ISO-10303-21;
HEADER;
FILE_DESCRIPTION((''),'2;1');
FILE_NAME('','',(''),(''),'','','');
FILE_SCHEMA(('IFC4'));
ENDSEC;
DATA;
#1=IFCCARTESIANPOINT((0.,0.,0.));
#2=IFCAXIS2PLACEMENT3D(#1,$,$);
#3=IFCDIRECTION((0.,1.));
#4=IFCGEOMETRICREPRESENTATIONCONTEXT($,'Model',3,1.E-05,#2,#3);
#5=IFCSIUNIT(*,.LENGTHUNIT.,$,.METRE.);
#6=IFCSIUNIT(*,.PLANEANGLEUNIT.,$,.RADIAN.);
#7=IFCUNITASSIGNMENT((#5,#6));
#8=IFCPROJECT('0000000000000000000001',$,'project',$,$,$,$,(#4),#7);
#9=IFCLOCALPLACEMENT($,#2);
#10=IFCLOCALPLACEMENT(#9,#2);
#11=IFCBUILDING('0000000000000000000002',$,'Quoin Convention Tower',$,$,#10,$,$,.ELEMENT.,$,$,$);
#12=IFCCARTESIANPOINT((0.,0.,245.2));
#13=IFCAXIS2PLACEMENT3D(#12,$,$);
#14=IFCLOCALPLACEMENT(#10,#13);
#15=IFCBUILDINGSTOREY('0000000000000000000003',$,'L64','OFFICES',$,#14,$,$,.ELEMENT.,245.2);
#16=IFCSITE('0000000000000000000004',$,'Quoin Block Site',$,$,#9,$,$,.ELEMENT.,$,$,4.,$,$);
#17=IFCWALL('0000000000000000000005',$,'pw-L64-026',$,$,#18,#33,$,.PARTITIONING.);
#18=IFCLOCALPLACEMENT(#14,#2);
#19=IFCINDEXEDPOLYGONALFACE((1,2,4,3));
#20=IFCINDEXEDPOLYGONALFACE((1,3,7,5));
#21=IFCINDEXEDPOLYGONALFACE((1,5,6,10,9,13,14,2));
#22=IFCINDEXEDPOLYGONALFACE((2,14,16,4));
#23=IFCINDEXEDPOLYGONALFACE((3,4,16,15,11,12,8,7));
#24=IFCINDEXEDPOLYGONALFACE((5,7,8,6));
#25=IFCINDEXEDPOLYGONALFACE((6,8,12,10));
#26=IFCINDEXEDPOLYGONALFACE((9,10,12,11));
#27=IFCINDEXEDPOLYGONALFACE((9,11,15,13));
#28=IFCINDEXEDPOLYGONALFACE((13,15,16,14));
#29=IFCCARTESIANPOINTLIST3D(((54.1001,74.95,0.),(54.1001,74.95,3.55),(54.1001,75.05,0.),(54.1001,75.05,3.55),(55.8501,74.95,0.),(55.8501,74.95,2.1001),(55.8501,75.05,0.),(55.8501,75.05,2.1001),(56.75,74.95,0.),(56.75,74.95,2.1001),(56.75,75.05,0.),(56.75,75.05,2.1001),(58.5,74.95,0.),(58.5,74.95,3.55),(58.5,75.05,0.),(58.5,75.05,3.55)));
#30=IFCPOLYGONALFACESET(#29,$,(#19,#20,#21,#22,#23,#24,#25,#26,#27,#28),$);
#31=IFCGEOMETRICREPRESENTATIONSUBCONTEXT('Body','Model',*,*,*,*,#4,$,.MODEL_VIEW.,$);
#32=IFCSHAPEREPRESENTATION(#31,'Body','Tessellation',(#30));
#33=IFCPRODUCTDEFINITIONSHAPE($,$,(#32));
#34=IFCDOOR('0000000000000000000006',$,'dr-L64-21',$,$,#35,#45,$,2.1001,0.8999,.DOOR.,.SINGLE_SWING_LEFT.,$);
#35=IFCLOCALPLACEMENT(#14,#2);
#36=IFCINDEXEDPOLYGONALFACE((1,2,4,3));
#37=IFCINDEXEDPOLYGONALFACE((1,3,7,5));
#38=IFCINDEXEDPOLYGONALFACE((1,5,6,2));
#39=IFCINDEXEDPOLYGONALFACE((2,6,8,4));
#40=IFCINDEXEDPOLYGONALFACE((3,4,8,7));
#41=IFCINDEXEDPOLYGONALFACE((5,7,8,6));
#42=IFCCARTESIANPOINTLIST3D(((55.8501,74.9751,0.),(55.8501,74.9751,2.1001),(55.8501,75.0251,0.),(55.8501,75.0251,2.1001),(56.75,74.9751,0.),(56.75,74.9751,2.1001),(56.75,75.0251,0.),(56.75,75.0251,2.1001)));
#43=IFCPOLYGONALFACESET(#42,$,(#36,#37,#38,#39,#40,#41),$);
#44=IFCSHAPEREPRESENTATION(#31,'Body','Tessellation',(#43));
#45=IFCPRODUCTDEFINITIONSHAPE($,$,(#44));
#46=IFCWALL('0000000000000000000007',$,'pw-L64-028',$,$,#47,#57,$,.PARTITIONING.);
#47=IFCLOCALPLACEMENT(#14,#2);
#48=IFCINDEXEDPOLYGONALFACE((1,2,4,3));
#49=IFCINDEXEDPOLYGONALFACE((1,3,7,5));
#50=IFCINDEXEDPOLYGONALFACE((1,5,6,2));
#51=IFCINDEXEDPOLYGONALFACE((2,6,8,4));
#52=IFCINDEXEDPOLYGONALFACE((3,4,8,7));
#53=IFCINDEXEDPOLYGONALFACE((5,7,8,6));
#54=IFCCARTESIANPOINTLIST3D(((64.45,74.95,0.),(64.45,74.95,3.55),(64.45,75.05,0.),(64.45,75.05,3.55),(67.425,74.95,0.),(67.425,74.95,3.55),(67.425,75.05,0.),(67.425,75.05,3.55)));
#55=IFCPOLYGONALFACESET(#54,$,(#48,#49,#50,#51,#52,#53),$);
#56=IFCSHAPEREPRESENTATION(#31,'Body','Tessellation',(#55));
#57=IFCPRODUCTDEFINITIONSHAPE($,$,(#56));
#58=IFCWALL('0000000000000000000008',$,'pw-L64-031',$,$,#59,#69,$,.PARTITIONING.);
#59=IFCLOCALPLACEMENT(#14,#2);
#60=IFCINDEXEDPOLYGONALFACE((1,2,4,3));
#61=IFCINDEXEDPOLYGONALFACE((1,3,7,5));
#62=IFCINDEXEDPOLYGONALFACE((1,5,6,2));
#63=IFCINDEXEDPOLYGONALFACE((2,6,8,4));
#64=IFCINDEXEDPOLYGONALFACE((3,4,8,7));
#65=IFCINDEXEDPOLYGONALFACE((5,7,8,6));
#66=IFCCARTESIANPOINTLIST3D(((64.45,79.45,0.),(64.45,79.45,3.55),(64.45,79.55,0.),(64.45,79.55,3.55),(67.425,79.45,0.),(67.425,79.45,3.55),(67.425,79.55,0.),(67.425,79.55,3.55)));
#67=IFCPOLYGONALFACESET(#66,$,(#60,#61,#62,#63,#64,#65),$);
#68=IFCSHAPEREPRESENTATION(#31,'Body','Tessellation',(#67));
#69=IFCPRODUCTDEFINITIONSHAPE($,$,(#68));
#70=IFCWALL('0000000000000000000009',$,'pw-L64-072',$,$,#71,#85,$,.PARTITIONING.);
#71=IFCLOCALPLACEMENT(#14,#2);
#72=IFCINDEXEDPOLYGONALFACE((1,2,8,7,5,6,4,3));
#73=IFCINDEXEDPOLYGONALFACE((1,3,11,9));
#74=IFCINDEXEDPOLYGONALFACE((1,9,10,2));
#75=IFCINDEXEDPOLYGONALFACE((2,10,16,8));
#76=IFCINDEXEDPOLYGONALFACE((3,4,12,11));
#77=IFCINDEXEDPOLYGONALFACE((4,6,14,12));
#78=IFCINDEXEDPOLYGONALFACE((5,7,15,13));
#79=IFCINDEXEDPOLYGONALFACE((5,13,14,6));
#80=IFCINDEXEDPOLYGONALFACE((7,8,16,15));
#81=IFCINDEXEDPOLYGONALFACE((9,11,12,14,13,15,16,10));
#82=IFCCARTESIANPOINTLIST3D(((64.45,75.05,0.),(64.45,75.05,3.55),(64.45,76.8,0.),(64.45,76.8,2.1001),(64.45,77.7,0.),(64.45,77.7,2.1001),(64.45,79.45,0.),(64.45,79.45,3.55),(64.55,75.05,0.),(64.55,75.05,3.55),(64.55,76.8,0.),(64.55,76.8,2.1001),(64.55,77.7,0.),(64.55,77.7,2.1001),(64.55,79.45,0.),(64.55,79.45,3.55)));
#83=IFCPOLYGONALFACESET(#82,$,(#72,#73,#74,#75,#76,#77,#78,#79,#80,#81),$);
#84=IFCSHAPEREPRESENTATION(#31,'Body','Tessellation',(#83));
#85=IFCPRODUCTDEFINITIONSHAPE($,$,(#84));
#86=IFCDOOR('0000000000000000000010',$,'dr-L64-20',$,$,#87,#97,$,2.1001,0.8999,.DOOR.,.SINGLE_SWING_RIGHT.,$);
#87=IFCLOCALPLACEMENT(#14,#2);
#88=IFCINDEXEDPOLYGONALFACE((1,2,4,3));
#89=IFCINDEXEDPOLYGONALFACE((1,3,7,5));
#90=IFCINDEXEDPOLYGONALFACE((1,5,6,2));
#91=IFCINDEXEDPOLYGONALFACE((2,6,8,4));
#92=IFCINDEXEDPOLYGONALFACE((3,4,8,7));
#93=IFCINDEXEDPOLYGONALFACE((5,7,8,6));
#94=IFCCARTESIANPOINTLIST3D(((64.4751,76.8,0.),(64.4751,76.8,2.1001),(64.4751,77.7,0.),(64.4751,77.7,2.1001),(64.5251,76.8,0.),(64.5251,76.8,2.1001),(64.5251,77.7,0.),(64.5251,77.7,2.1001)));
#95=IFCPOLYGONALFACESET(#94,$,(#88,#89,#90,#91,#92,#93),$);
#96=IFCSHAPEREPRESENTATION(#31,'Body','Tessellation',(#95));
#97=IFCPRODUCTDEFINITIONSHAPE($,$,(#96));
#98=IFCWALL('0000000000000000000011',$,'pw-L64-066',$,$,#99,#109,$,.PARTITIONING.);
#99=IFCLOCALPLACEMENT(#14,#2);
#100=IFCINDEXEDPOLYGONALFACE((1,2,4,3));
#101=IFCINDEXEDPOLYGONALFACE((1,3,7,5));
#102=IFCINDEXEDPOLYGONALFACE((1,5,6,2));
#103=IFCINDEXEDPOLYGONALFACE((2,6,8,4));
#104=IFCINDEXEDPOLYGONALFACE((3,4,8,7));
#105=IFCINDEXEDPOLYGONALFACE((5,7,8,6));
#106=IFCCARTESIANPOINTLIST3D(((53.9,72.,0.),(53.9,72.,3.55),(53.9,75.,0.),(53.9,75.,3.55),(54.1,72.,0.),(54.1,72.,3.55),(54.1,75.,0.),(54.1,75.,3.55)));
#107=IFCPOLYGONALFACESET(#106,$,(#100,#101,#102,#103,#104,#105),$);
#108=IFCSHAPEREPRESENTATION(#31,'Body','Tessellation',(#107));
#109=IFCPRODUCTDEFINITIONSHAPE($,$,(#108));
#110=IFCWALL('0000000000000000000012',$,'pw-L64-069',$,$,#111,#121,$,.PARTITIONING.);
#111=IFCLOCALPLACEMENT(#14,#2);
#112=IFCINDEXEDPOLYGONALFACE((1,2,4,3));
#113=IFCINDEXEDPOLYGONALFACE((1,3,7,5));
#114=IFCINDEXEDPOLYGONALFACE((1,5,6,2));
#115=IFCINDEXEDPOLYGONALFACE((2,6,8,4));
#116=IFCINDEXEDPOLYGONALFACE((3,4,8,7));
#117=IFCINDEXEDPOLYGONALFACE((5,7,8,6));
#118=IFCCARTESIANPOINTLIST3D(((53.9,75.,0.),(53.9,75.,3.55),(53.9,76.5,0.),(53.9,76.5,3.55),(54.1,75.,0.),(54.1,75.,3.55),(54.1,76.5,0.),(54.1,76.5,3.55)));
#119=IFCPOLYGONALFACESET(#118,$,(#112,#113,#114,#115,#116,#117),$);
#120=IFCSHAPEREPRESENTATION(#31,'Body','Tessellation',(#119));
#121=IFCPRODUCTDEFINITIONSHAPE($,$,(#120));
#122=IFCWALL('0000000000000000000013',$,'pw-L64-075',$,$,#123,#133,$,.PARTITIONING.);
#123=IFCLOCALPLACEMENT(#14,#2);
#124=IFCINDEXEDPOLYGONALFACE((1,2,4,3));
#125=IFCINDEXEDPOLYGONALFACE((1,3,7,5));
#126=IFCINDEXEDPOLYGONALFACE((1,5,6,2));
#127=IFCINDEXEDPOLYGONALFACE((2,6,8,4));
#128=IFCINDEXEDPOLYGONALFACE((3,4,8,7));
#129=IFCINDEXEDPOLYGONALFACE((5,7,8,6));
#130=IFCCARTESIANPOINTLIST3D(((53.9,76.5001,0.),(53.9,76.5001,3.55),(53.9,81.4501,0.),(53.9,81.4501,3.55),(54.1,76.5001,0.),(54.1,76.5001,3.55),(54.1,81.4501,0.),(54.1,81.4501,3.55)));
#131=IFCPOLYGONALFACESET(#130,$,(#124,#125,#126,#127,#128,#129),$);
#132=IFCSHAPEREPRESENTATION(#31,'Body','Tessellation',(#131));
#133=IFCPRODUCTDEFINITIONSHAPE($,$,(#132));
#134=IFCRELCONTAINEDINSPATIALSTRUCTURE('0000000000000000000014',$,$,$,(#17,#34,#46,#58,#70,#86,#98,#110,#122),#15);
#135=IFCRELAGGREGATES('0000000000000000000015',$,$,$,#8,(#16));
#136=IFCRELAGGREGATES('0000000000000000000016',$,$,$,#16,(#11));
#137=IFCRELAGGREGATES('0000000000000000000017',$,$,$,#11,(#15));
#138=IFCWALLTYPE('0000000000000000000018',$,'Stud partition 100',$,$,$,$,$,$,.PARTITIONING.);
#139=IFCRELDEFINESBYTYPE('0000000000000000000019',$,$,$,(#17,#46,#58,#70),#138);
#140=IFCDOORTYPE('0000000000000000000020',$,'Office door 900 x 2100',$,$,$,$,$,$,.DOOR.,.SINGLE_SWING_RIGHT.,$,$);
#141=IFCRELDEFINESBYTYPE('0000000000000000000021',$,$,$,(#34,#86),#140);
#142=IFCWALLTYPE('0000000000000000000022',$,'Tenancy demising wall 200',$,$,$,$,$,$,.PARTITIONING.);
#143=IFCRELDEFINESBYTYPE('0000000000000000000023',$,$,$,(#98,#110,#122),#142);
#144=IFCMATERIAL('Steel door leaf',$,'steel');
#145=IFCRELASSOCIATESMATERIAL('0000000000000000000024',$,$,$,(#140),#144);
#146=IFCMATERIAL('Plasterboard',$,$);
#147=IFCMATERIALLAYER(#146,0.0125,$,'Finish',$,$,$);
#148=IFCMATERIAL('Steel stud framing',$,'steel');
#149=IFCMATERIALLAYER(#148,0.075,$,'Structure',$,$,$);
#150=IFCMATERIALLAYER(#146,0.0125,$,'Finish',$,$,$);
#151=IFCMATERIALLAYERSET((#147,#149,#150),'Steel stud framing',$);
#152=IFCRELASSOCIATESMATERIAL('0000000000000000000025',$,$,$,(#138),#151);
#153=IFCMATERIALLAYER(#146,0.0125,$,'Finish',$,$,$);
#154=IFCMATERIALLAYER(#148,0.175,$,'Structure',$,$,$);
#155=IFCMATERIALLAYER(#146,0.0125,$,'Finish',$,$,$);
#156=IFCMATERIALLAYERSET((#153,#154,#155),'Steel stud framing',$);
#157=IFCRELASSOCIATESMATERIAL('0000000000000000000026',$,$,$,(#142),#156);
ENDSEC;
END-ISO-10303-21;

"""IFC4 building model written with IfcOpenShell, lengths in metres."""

from ifc_helpers import new_model, si_unit, direction, frame, frame_2d, origin, place, context, subcontext, project, spatial, rectangle, extrude, material, layer, layer_set, type_object, element, fill, save


model = new_model("IFC4")

# Units and contexts
model_context = context("Model", 3, precision=1e-05, world=origin(), true_north=direction((0.0, 1.0)))
body_context = subcontext(model_context, "Body", "Model", "MODEL_VIEW")
ifc_project = project(units=[si_unit("LENGTHUNIT", "METRE"), si_unit("PLANEANGLEUNIT", "RADIAN")], contexts=[model_context])

# Site, building, storey
site_placement = place(None, origin())
site = spatial("IfcSite", under=ifc_project, at=site_placement, Name="Quoin Block Site", CompositionType="ELEMENT", RefElevation=4.0)
building_placement = place(site_placement, origin())
building = spatial("IfcBuilding", under=site, at=building_placement, Name="Quoin Convention Tower", CompositionType="ELEMENT")
storey_placement = place(building_placement, frame((0.0, 0.0, 245.2)))
storey = spatial("IfcBuildingStorey", under=building, at=storey_placement, Name="L64", Description="OFFICES", CompositionType="ELEMENT", Elevation=245.2)

# Shared definitions
ifc_material_1 = material(Name="Plasterboard")
ifc_material_2 = material(Name="Steel stud framing", Category="steel")
ifc_material_3 = material(Name="Steel door leaf", Category="steel")
door_type = type_object("IfcDoorType", Name="Office door 900 x 2100", OperationType="SINGLE_SWING_RIGHT", PredefinedType="DOOR", material=ifc_material_3)

# Wall, opening, door
ifc_layer_1 = layer(ifc_material_1, 0.0125, Name="Finish")
ifc_layer_2 = layer(ifc_material_2, 0.075, Name="Structure")
ifc_layer_3 = layer(ifc_material_1, 0.0125, Name="Finish")
ifc_layer_set_1 = layer_set([ifc_layer_1, ifc_layer_2, ifc_layer_3], Name="Steel stud framing")
wall_type_1 = type_object("IfcWallType", Name="Stud partition 100", PredefinedType="PARTITIONING", material=ifc_layer_set_1)
wall_1_placement = place(storey_placement, frame((54.1001, 75.0, 0.0), z_axis=(0.0, 0.0, 1.0), x_axis=(1.0, 0.0, 0.0)))
wall_1 = element("IfcWall", 1, at=wall_1_placement, inside=storey, type_object=wall_type_1, Name="pw-L64-026", PredefinedType="PARTITIONING", context=body_context, shape_type="SweptSolid", body=[
    extrude(rectangle(XDim=4.3999, YDim=0.1001, at=frame_2d((2.2, 0.0))), origin(), (0.0, 0.0, 1.0), 3.55),
])
opening_1_placement = place(wall_1_placement, frame((1.75, 0.0, 0.0)))
opening_1 = element("IfcOpeningElement", 2, at=opening_1_placement, cuts=wall_1, PredefinedType="OPENING", context=body_context, shape_type="SweptSolid", body=[
    extrude(rectangle(XDim=0.8999, YDim=2.1001, at=frame_2d((0.45, 1.05))), frame((0.0, 0.0601, 0.0), z_axis=(0.0, -1.0, 0.0), x_axis=(1.0, 0.0, 0.0)), (0.0, 0.0, 1.0), 0.1201),
])
door_1_placement = place(opening_1_placement, frame((0.8999, 0.0, 0.0), z_axis=(0.0, 0.0, 1.0), x_axis=(-1.0, 0.0, 0.0)))
door_1 = element("IfcDoor", 3, at=door_1_placement, inside=storey, type_object=door_type, Name="dr-L64-21", OperationType="SINGLE_SWING_LEFT", OverallHeight=2.1001, OverallWidth=0.8999, PredefinedType="DOOR", context=body_context, shape_type="SweptSolid", body=[
    extrude(rectangle(XDim=0.8999, YDim=2.1001, at=frame_2d((0.45, 1.05))), frame((0.0, 0.0249, 0.0), z_axis=(0.0, -1.0, 0.0), x_axis=(1.0, 0.0, 0.0)), (0.0, 0.0, 1.0), 0.05),
])
fill(opening_1, door_1)

# Walls
for number, where, z_axis, x_axis, name in (
    (4, (64.45, 75.0, 0.0), (0.0, 0.0, 1.0), (1.0, 0.0, 0.0), "pw-L64-028"),
    (5, (64.45, 79.5, 0.0), (0.0, 0.0, 1.0), (1.0, 0.0, 0.0), "pw-L64-031"),
):
    element("IfcWall", number, at=place(storey_placement, frame(where, z_axis=z_axis, x_axis=x_axis)), inside=storey, type_object=wall_type_1, Name=name, PredefinedType="PARTITIONING", context=body_context, shape_type="SweptSolid", body=[
        extrude(rectangle(XDim=2.9751, YDim=0.1001, at=frame_2d((1.4875, 0.0))), origin(), (0.0, 0.0, 1.0), 3.55),
    ])

# Wall, opening, door
wall_2_placement = place(storey_placement, frame((64.5, 75.05, 0.0), z_axis=(0.0, 0.0, 1.0), x_axis=(0.0, 1.0, 0.0)))
wall_2 = element("IfcWall", 6, at=wall_2_placement, inside=storey, type_object=wall_type_1, Name="pw-L64-072", PredefinedType="PARTITIONING", context=body_context, shape_type="SweptSolid", body=[
    extrude(rectangle(XDim=4.3999, YDim=0.1001, at=frame_2d((2.2, 0.0))), origin(), (0.0, 0.0, 1.0), 3.55),
])
opening_2_placement = place(wall_2_placement, frame((1.75, 0.0, 0.0)))
opening_2 = element("IfcOpeningElement", 7, at=opening_2_placement, cuts=wall_2, PredefinedType="OPENING", context=body_context, shape_type="SweptSolid", body=[
    extrude(rectangle(XDim=0.8999, YDim=2.1001, at=frame_2d((0.45, 1.05))), frame((0.0, 0.0601, 0.0), z_axis=(0.0, -1.0, 0.0), x_axis=(1.0, 0.0, 0.0)), (0.0, 0.0, 1.0), 0.1201),
])
door_2_placement = place(opening_2_placement, origin())
door_2 = element("IfcDoor", 8, at=door_2_placement, inside=storey, type_object=door_type, Name="dr-L64-20", OperationType="SINGLE_SWING_RIGHT", OverallHeight=2.1001, OverallWidth=0.8999, PredefinedType="DOOR", context=body_context, shape_type="SweptSolid", body=[
    extrude(rectangle(XDim=0.8999, YDim=2.1001, at=frame_2d((0.45, 1.05))), frame((0.0, 0.0249, 0.0), z_axis=(0.0, -1.0, 0.0), x_axis=(1.0, 0.0, 0.0)), (0.0, 0.0, 1.0), 0.05),
])
fill(opening_2, door_2)

# Walls
ifc_layer_4 = layer(ifc_material_1, 0.0125, Name="Finish")
ifc_layer_5 = layer(ifc_material_2, 0.175, Name="Structure")
ifc_layer_6 = layer(ifc_material_1, 0.0125, Name="Finish")
ifc_layer_set_2 = layer_set([ifc_layer_4, ifc_layer_5, ifc_layer_6], Name="Steel stud framing")
wall_type_2 = type_object("IfcWallType", Name="Tenancy demising wall 200", PredefinedType="PARTITIONING", material=ifc_layer_set_2)
wall_3_placement = place(storey_placement, frame((54.0, 72.0, 0.0), z_axis=(0.0, 0.0, 1.0), x_axis=(0.0, 1.0, 0.0)))
element("IfcWall", 9, at=wall_3_placement, inside=storey, type_object=wall_type_2, Name="pw-L64-066", PredefinedType="PARTITIONING", context=body_context, shape_type="SweptSolid", body=[
    extrude(rectangle(XDim=3.0, YDim=0.2, at=frame_2d((1.5, 0.0))), origin(), (0.0, 0.0, 1.0), 3.55),
])
wall_4_placement = place(storey_placement, frame((54.0, 75.0, 0.0), z_axis=(0.0, 0.0, 1.0), x_axis=(0.0, 1.0, 0.0)))
element("IfcWall", 10, at=wall_4_placement, inside=storey, type_object=wall_type_2, Name="pw-L64-069", PredefinedType="PARTITIONING", context=body_context, shape_type="SweptSolid", body=[
    extrude(rectangle(XDim=1.5, YDim=0.2, at=frame_2d((0.75, 0.0))), origin(), (0.0, 0.0, 1.0), 3.55),
])
wall_5_placement = place(storey_placement, frame((54.0, 76.5, 0.0), z_axis=(0.0, 0.0, 1.0), x_axis=(0.0, 1.0, 0.0)))
element("IfcWall", 11, at=wall_5_placement, inside=storey, type_object=wall_type_2, Name="pw-L64-075", PredefinedType="PARTITIONING", context=body_context, shape_type="SweptSolid", body=[
    extrude(rectangle(XDim=4.95, YDim=0.2, at=frame_2d((2.4751, 0.0))), origin(), (0.0, 0.0, 1.0), 3.55),
])

save(model, "model.ifc")
